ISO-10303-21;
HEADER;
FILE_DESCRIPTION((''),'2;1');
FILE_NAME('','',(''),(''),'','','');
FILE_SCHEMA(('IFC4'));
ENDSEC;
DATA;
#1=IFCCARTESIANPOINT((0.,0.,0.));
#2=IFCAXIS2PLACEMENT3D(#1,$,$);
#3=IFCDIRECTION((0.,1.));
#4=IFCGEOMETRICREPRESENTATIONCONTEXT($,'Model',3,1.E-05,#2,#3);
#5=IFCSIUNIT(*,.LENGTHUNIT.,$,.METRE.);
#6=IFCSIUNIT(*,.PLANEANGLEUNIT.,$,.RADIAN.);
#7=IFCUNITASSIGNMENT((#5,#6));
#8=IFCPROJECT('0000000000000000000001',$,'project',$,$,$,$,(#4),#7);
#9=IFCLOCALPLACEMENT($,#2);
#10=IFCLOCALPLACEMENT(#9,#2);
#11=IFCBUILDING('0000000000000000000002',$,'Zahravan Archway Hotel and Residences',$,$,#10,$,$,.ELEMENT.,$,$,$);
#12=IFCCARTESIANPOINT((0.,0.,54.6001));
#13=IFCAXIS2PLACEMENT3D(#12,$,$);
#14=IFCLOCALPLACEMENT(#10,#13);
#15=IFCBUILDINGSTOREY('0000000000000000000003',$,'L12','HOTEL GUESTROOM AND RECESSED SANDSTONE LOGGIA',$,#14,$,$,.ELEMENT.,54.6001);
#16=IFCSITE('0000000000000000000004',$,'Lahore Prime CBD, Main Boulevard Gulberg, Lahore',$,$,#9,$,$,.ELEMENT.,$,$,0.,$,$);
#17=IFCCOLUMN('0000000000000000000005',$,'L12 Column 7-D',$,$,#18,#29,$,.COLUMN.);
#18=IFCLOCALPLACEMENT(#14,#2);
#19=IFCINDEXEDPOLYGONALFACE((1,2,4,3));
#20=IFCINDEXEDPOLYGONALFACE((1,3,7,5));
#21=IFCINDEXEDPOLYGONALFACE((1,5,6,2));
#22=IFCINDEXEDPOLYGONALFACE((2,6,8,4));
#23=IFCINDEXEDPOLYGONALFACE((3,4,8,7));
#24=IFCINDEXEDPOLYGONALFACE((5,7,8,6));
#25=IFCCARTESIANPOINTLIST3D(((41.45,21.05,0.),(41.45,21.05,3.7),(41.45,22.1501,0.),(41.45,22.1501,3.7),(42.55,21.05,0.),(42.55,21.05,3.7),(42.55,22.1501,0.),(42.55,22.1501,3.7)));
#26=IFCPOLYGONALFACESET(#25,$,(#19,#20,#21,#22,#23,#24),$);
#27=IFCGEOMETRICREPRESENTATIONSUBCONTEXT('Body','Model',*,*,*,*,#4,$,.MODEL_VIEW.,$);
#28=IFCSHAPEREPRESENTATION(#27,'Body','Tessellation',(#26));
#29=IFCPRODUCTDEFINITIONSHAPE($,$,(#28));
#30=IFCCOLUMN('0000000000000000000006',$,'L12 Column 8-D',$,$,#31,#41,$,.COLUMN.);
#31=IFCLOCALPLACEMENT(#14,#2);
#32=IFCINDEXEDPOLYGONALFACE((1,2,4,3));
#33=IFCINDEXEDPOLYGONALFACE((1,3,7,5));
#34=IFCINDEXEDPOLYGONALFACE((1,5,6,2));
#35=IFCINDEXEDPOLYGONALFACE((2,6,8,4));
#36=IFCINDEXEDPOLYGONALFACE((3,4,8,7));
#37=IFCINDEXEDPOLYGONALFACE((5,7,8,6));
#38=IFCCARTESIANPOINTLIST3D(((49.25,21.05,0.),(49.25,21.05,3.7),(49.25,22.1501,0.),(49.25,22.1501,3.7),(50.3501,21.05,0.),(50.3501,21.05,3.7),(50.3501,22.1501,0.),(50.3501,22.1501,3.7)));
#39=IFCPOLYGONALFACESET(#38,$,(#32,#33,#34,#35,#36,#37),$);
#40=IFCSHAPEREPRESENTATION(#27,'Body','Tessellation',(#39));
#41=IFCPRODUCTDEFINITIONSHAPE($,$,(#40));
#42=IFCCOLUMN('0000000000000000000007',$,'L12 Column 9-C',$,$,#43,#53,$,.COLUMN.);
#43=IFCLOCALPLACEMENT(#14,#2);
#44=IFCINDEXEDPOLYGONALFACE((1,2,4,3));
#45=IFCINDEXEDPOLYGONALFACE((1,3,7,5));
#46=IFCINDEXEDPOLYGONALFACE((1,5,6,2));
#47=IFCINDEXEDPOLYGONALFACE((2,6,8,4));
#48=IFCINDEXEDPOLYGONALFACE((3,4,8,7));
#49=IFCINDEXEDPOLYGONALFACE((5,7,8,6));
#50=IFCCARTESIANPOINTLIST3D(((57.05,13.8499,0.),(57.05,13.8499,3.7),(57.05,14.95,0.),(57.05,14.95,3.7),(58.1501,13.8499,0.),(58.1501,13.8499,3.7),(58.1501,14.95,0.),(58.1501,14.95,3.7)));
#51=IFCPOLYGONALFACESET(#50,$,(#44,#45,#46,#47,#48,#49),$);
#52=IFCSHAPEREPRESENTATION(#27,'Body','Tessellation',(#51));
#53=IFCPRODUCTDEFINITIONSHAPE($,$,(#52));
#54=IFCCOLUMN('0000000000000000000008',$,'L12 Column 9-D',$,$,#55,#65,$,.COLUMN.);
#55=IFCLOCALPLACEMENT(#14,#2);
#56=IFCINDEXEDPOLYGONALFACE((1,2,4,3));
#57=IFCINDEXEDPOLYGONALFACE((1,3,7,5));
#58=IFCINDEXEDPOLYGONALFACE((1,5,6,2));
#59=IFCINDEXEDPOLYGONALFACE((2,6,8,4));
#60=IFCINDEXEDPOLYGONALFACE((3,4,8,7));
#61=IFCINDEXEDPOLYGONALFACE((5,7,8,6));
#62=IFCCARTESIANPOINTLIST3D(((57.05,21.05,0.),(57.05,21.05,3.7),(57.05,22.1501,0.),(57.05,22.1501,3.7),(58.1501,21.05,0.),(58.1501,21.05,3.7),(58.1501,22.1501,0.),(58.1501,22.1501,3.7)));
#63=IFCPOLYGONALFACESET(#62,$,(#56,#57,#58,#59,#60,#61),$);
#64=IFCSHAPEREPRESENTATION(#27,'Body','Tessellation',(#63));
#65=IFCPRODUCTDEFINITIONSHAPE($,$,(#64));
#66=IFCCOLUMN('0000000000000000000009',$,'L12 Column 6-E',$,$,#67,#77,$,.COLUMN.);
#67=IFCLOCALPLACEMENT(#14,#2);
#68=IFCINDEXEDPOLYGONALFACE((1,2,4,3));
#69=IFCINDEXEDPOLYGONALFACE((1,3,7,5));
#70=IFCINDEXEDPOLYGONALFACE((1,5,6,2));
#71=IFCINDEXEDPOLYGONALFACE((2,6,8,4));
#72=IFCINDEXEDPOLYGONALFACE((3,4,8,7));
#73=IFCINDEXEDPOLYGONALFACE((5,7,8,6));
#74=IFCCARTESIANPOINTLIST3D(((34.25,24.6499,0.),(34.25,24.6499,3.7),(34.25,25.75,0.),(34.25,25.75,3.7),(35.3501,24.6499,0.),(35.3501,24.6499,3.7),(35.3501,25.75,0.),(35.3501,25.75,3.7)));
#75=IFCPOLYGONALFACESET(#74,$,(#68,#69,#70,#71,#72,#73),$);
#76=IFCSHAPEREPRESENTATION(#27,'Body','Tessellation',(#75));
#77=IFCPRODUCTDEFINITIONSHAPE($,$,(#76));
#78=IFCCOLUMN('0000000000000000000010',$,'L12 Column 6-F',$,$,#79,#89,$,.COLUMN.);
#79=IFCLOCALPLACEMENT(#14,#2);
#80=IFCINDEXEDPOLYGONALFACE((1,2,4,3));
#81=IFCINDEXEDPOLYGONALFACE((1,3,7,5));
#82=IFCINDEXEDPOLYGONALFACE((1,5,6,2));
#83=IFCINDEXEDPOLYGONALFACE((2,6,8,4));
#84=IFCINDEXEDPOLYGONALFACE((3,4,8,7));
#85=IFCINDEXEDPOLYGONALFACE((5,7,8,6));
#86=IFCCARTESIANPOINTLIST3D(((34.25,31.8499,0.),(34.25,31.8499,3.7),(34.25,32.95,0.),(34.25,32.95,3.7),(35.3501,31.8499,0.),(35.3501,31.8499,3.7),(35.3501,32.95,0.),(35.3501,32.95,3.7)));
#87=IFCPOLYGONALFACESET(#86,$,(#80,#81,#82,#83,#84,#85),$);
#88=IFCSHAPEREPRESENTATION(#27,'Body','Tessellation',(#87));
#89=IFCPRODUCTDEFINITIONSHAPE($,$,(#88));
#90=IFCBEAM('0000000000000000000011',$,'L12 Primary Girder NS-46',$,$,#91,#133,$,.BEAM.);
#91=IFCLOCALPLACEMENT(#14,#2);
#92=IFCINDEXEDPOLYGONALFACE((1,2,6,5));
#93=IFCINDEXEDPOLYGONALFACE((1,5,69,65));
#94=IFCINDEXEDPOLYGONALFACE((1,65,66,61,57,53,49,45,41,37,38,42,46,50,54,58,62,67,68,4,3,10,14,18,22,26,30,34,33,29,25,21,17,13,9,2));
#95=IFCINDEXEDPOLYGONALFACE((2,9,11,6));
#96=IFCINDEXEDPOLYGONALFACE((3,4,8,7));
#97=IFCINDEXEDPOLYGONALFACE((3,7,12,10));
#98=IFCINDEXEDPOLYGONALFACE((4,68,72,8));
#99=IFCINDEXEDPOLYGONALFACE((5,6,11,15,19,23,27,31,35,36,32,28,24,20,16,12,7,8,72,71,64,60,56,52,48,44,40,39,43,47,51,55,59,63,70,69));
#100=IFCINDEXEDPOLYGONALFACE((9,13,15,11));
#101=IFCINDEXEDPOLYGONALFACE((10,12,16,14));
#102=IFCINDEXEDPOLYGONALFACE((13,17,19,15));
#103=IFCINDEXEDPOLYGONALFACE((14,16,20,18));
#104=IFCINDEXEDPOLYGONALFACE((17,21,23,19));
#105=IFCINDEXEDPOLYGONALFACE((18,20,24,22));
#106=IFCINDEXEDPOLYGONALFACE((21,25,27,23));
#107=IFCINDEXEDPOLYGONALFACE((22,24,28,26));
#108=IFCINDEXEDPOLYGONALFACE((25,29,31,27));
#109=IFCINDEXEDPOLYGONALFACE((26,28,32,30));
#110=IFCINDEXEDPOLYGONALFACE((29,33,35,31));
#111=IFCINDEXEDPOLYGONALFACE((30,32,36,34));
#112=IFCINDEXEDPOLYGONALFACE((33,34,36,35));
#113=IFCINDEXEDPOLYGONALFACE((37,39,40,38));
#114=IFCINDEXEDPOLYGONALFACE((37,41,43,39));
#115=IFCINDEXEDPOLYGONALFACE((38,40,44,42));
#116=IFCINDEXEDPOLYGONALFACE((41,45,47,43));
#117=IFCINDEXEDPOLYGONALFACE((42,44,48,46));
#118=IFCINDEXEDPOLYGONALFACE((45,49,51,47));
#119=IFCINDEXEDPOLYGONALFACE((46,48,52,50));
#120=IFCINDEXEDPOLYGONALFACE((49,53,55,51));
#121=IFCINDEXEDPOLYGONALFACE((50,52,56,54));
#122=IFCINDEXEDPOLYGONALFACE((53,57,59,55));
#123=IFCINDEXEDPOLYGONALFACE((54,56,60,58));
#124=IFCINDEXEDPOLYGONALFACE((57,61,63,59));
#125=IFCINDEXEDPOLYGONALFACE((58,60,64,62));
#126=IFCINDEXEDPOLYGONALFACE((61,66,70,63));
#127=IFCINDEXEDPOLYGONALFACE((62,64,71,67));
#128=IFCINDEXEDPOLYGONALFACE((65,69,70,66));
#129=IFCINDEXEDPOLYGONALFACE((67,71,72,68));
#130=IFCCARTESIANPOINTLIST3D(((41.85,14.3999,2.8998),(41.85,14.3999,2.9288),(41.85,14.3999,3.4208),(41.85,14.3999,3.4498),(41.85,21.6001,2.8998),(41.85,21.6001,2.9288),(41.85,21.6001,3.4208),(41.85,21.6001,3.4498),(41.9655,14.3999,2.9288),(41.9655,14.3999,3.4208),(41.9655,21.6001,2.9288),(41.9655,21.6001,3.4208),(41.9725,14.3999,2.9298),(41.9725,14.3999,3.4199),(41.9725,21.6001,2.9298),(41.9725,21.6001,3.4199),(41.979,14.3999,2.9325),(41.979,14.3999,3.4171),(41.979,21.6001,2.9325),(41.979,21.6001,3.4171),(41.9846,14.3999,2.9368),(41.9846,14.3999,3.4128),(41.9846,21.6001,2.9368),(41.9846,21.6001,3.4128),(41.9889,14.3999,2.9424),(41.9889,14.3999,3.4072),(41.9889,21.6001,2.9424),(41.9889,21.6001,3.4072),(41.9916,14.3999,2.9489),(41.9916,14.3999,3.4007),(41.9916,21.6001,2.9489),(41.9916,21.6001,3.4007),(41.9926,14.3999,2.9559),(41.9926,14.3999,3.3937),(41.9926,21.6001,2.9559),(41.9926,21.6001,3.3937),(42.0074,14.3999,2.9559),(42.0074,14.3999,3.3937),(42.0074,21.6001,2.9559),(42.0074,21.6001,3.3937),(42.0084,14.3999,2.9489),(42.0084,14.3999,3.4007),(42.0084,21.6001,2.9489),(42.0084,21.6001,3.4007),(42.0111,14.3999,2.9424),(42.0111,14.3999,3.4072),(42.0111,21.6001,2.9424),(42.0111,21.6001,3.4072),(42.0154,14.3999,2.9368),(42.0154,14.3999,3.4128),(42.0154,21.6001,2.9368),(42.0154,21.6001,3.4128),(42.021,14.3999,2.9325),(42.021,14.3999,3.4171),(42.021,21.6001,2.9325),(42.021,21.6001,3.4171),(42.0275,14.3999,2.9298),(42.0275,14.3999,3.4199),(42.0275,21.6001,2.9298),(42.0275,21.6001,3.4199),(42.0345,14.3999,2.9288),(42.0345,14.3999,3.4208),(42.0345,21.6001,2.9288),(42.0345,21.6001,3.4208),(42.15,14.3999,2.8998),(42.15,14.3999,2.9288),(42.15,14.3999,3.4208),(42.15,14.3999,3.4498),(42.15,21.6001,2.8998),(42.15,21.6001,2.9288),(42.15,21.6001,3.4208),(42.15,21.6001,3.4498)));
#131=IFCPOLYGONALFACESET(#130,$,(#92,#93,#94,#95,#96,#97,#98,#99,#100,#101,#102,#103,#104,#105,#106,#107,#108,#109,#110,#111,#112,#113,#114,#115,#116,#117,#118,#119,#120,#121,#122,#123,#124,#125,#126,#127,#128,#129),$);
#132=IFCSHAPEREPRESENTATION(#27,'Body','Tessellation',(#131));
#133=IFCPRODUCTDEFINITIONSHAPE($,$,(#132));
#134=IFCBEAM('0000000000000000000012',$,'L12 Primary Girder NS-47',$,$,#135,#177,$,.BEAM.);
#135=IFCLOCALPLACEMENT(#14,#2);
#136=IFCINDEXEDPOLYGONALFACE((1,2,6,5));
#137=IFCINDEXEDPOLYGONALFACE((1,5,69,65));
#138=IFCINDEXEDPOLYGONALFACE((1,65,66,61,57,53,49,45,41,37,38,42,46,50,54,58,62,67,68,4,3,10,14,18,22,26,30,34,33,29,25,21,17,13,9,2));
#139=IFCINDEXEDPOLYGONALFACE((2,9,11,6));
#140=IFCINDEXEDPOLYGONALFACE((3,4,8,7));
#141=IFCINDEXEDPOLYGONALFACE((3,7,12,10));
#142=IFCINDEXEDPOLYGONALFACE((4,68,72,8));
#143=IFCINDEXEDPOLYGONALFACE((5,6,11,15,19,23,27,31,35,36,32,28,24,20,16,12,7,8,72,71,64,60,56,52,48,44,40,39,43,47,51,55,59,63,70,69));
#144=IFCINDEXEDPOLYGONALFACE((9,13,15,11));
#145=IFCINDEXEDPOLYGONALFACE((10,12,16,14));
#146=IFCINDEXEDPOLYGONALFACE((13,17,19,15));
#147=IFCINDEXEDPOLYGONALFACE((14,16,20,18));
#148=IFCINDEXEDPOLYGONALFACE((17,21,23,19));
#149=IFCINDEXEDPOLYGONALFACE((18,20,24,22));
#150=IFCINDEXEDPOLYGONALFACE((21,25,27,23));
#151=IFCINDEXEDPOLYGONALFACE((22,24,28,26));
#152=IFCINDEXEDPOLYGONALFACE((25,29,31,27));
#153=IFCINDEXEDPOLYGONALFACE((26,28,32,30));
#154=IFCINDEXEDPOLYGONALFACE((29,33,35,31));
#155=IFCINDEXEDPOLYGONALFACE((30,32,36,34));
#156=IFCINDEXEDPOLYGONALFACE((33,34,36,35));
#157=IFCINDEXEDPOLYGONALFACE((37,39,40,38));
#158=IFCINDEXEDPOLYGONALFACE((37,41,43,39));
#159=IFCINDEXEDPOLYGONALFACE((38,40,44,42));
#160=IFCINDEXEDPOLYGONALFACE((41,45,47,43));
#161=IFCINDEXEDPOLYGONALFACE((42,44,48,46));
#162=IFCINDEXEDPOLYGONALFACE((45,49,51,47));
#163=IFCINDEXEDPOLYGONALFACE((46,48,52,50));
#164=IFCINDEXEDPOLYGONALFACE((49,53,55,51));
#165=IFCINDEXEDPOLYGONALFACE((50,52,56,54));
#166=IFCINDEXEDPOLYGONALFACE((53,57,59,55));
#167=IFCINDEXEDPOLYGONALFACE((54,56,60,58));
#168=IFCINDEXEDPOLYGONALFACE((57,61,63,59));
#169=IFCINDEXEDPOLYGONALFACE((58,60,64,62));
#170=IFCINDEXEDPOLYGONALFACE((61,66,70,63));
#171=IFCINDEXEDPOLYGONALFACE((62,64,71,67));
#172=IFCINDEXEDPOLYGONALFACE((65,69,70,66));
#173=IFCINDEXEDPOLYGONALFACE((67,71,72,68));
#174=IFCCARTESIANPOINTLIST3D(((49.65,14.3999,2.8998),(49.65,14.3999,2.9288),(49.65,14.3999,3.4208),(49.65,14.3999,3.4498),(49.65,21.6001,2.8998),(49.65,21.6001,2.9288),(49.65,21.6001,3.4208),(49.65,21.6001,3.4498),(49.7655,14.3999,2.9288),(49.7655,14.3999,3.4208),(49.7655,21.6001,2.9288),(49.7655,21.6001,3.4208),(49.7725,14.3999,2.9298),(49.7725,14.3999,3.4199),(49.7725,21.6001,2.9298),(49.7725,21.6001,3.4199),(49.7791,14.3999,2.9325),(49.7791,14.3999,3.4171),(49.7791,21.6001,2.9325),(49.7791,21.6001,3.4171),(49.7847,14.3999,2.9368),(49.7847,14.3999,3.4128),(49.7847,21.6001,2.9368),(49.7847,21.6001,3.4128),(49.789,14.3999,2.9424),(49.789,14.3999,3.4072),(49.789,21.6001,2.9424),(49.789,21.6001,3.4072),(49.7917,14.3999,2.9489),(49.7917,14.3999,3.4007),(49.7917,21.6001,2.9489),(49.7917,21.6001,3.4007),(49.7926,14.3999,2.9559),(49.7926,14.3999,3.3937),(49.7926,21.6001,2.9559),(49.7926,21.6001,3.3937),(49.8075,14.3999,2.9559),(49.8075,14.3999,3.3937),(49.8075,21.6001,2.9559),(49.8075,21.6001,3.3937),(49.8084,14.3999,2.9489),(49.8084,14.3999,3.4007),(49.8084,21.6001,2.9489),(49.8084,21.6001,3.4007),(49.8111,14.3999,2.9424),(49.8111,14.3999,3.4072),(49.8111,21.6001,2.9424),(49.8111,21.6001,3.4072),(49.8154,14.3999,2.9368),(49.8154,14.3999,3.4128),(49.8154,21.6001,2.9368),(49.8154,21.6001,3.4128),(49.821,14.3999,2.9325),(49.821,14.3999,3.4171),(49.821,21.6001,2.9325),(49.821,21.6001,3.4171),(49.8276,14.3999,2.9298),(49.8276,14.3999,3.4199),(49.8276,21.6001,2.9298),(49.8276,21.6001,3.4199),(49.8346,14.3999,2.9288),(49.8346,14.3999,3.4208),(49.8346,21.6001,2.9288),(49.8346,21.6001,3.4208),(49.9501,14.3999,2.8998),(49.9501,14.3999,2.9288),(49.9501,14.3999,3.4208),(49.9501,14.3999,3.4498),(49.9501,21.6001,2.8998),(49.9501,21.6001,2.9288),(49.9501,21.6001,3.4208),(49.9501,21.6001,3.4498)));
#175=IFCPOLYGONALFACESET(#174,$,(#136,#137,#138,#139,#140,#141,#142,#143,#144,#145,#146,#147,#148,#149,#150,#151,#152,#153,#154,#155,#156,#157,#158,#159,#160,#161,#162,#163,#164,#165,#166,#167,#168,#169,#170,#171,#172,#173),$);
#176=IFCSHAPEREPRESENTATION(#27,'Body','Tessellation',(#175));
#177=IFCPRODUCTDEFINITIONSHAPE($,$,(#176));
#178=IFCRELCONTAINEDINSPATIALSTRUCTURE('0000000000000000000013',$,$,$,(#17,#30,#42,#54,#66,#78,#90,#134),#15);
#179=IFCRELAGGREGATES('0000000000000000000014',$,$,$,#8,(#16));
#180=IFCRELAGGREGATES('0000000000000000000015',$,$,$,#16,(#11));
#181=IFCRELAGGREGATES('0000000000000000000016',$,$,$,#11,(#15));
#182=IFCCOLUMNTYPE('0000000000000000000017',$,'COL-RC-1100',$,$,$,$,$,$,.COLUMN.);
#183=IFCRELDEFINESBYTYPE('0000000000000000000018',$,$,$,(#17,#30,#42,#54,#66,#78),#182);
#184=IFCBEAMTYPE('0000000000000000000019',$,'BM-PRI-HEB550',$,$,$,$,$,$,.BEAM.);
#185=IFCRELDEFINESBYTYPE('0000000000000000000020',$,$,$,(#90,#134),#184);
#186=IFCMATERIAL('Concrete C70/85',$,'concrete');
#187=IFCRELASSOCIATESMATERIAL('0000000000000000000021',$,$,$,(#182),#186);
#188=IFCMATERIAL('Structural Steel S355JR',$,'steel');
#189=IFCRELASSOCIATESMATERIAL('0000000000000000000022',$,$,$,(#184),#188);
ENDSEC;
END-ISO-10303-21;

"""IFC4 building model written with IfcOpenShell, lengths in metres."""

from ifc_helpers import new_model, si_unit, direction, frame, origin, origin_2d, place, context, subcontext, project, spatial, rectangle, i_section, extrude, source, transform, mapped, material, material_profile, profile_set, type_object, type_shapes, element, save


model = new_model("IFC4")

# Units and contexts
model_context = context("Model", 3, precision=1e-05, world=origin(), true_north=direction((0.0, 1.0)))
body_context = subcontext(model_context, "Body", "Model", "MODEL_VIEW")
ifc_project = project(units=[si_unit("LENGTHUNIT", "METRE"), si_unit("PLANEANGLEUNIT", "RADIAN")], contexts=[model_context])

# Site, building, storey
site_placement = place(None, origin())
site = spatial("IfcSite", under=ifc_project, at=site_placement, Name="Lahore Prime CBD, Main Boulevard Gulberg, Lahore", CompositionType="ELEMENT", RefElevation=0.0)
building_placement = place(site_placement, origin())
building = spatial("IfcBuilding", under=site, at=building_placement, Name="Zahravan Archway Hotel and Residences", CompositionType="ELEMENT")
storey_placement = place(building_placement, frame((0.0, 0.0, 54.6001)))
storey = spatial("IfcBuildingStorey", under=building, at=storey_placement, Name="L12", Description="HOTEL GUESTROOM AND RECESSED SANDSTONE LOGGIA", CompositionType="ELEMENT", Elevation=54.6001)

# Columns
ifc_material_1 = material(Name="Concrete C70/85", Category="concrete")
ifc_material_profile_1 = material_profile(ifc_material_1, rectangle(XDim=1.1001, YDim=1.1001, at=origin_2d()), Name="RC 1100x1100", Category="concrete")
ifc_profile_set_1 = profile_set([ifc_material_profile_1], Name="Concrete C70/85")
column_type = type_object("IfcColumnType", Name="COL-RC-1100", PredefinedType="COLUMN", material=ifc_profile_set_1)
shared_shape_1 = source(origin(), body_context, "Body", "SweptSolid", [
    extrude(rectangle(XDim=1.1001, YDim=1.1001, at=origin_2d()), origin(), (0.0, 0.0, 1.0), 3.7),
])
for number, where, z_axis, x_axis, name in (
    (1, (42.0, 21.6001, 0.0), (0.0, 0.0, 1.0), (1.0, 0.0, 0.0), "L12 Column 7-D"),
    (2, (49.8, 21.6001, 0.0), (0.0, 0.0, 1.0), (1.0, 0.0, 0.0), "L12 Column 8-D"),
    (3, (57.6001, 14.3999, 0.0), (0.0, 0.0, 1.0), (1.0, 0.0, 0.0), "L12 Column 9-C"),
    (4, (57.6001, 21.6001, 0.0), (0.0, 0.0, 1.0), (1.0, 0.0, 0.0), "L12 Column 9-D"),
    (5, (34.8, 25.2, 0.0), (0.0, 0.0, 1.0), (1.0, 0.0, 0.0), "L12 Column 6-E"),
    (6, (34.8, 32.3999, 0.0), (0.0, 0.0, 1.0), (1.0, 0.0, 0.0), "L12 Column 6-F"),
):
    element("IfcColumn", number, at=place(storey_placement, frame(where, z_axis=z_axis, x_axis=x_axis)), inside=storey, type_object=column_type, Name=name, PredefinedType="COLUMN", context=body_context, shape_type="MappedRepresentation", body=[
        mapped(shared_shape_1, transform((0.0, 0.0, 0.0), scale=1.0)),
    ])

# Beams
ifc_material_2 = material(Name="Structural Steel S355JR", Category="steel")
ifc_material_profile_2 = material_profile(ifc_material_2, i_section(OverallWidth=0.3, OverallDepth=0.55, WebThickness=0.0149, FlangeThickness=0.0291, FilletRadius=0.0271, at=origin_2d()), Name="HEB 550", Category="steel")
ifc_profile_set_2 = profile_set([ifc_material_profile_2], Name="Structural Steel S355JR")
beam_type_1 = type_object("IfcBeamType", Name="BM-PRI-HEB550", PredefinedType="BEAM", material=ifc_profile_set_2)
shared_shape_2 = source(origin(), body_context, "Body", "SweptSolid", [
    extrude(i_section(OverallWidth=0.3, OverallDepth=0.55, WebThickness=0.0149, FlangeThickness=0.0291, FilletRadius=0.0271, at=origin_2d()), origin(), (0.0, 0.0, 1.0), 7.2002),
])
type_shapes(beam_type_1, [shared_shape_2])
for number, where, z_axis, x_axis, name in (
    (7, (42.0, 14.3999, 3.1748), (0.0, 1.0, 0.0), (-1.0, 0.0, 0.0), "L12 Primary Girder NS-46"),
    (8, (49.8, 14.3999, 3.1748), (0.0, 1.0, 0.0), (-1.0, 0.0, 0.0), "L12 Primary Girder NS-47"),
):
    element("IfcBeam", number, at=place(storey_placement, frame(where, z_axis=z_axis, x_axis=x_axis)), inside=storey, type_object=beam_type_1, Name=name, PredefinedType="BEAM", context=body_context, shape_type="MappedRepresentation", body=[
        mapped(shared_shape_2, transform((0.0, 0.0, 0.0), scale=1.0)),
    ])

save(model, "model.ifc")
